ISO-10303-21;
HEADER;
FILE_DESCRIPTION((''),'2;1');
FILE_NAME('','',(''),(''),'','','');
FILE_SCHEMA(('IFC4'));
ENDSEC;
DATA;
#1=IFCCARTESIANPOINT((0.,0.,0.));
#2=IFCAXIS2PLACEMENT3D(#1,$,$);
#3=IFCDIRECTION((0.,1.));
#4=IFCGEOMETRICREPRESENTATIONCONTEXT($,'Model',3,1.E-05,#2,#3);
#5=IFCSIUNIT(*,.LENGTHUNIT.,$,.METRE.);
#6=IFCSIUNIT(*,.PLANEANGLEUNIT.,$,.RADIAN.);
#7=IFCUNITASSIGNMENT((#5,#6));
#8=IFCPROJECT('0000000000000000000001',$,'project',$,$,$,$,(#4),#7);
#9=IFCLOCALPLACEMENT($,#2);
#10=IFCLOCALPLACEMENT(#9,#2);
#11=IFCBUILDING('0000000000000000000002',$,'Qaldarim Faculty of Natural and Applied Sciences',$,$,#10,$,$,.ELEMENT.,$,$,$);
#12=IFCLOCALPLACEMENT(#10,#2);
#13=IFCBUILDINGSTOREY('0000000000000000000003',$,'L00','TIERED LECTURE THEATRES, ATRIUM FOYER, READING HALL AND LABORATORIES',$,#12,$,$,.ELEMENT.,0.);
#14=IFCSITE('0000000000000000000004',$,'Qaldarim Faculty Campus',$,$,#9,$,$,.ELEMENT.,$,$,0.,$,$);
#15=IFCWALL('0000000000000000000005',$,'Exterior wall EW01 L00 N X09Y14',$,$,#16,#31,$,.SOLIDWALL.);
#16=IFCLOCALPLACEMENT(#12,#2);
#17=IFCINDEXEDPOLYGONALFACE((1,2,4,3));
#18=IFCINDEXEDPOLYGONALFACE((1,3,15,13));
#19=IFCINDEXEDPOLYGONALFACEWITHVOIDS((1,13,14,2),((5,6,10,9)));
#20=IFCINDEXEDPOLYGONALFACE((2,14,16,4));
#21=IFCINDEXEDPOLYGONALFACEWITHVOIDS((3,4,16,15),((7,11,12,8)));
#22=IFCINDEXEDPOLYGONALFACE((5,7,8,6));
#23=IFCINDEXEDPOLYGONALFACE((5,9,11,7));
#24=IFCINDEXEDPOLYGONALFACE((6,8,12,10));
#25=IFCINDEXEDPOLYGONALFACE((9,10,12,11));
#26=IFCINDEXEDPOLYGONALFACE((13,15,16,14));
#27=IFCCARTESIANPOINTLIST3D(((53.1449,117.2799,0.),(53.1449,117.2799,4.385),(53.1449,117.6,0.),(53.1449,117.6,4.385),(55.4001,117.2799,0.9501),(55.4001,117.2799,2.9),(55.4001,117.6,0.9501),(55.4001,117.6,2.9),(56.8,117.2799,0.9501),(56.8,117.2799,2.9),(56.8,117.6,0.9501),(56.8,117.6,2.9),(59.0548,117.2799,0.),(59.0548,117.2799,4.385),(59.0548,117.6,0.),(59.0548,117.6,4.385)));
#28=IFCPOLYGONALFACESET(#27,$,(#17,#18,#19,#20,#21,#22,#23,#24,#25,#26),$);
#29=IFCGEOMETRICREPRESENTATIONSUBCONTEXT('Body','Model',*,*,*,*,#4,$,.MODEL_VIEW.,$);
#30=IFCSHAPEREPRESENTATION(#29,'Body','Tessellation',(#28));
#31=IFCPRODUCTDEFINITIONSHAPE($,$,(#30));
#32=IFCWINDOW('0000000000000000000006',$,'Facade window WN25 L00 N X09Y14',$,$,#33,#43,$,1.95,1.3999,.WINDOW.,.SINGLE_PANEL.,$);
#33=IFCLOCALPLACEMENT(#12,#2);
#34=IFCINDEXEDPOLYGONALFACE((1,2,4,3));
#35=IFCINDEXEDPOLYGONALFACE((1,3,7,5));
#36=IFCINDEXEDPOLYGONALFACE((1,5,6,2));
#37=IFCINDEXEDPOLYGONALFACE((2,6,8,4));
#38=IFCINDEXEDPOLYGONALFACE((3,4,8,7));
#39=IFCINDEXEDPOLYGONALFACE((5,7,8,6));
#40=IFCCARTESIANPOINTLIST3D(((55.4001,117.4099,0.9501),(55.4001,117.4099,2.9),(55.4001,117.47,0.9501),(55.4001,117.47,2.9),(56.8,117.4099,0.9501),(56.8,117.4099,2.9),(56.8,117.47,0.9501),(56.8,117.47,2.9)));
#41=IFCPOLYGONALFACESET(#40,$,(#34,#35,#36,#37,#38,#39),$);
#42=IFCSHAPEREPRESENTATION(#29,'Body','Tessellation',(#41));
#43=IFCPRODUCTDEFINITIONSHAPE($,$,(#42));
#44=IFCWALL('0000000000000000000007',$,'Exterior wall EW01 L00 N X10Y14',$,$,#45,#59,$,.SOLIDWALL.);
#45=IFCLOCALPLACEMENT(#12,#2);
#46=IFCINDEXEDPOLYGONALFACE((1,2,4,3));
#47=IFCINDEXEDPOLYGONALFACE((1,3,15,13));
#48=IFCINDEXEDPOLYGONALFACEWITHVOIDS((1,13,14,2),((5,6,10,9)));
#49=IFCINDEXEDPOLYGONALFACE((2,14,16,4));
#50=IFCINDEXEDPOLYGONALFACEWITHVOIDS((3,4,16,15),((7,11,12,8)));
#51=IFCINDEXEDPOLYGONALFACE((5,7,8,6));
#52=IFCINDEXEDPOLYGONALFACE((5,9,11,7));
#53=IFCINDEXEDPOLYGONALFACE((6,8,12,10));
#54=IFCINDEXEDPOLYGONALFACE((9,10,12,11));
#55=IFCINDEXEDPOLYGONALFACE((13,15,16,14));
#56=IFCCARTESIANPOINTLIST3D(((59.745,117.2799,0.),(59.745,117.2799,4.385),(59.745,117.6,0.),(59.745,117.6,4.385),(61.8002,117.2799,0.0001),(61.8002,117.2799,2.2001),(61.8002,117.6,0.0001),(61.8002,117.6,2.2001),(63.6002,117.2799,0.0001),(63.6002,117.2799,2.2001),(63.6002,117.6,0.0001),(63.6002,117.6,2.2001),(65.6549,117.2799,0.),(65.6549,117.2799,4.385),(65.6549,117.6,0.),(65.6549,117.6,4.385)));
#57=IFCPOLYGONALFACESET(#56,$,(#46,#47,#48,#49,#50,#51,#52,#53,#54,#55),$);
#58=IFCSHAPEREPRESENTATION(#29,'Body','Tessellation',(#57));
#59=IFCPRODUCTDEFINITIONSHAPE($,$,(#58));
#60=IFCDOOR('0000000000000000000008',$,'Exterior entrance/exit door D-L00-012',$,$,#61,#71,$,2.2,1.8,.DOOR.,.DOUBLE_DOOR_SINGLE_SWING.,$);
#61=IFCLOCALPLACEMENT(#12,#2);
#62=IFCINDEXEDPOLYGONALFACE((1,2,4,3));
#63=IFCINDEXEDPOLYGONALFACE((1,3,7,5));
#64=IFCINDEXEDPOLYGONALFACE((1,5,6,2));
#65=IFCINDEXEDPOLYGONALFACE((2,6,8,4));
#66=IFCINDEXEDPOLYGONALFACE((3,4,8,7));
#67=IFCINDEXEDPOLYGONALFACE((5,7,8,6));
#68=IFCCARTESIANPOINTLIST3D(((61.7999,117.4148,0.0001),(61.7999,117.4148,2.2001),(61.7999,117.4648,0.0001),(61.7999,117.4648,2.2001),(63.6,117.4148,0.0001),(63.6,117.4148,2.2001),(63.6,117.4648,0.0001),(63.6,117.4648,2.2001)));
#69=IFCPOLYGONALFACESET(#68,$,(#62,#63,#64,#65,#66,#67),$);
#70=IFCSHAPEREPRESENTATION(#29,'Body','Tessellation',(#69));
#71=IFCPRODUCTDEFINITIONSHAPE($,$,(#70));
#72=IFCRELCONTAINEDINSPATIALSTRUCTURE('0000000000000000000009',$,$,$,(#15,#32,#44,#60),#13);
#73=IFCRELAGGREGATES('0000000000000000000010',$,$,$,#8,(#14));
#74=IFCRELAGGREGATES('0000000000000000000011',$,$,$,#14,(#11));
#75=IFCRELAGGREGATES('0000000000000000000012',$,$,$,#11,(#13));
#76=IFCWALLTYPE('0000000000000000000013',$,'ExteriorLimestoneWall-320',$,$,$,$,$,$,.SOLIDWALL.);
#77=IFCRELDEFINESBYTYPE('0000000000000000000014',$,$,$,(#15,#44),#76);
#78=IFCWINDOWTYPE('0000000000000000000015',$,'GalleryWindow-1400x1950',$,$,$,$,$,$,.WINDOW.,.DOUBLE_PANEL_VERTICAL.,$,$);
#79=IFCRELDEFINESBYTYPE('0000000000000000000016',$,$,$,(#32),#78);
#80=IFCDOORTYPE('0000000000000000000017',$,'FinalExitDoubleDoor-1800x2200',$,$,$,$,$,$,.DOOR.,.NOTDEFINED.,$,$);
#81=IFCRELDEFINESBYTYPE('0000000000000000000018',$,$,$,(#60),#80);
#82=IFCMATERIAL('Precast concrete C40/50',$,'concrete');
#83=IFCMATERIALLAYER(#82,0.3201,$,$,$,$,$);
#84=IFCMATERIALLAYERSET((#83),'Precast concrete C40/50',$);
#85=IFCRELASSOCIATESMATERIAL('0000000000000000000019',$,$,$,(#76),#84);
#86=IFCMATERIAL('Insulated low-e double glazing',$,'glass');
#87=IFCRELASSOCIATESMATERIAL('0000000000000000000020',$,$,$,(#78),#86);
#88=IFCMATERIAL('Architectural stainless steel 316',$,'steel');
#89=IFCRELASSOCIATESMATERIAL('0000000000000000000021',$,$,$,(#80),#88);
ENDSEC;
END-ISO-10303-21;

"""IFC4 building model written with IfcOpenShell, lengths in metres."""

from ifc_helpers import new_model, si_unit, direction, frame, frame_2d, origin, place, context, subcontext, project, spatial, rectangle, extrude, material, layer, layer_set, type_object, element, fill, save


model = new_model("IFC4")

# Units and contexts
model_context = context("Model", 3, precision=1e-05, world=origin(), true_north=direction((0.0, 1.0)))
body_context = subcontext(model_context, "Body", "Model", "MODEL_VIEW")
ifc_project = project(units=[si_unit("LENGTHUNIT", "METRE"), si_unit("PLANEANGLEUNIT", "RADIAN")], contexts=[model_context])

# Site, building, storey
site_placement = place(None, origin())
site = spatial("IfcSite", under=ifc_project, at=site_placement, Name="Qaldarim Faculty Campus", CompositionType="ELEMENT", RefElevation=0.0)
building_placement = place(site_placement, origin())
building = spatial("IfcBuilding", under=site, at=building_placement, Name="Qaldarim Faculty of Natural and Applied Sciences", CompositionType="ELEMENT")
storey_placement = place(building_placement, origin())
storey = spatial("IfcBuildingStorey", under=building, at=storey_placement, Name="L00", Description="TIERED LECTURE THEATRES, ATRIUM FOYER, READING HALL AND LABORATORIES", CompositionType="ELEMENT", Elevation=0.0)

# Wall, opening, window
ifc_material_1 = material(Name="Precast concrete C40/50", Category="concrete")
ifc_layer = layer(ifc_material_1, 0.3201)
ifc_layer_set = layer_set([ifc_layer], Name="Precast concrete C40/50")
wall_type = type_object("IfcWallType", Name="ExteriorLimestoneWall-320", PredefinedType="SOLIDWALL", material=ifc_layer_set)
wall_1_placement = place(storey_placement, frame((59.0549, 117.4399, 0.0), z_axis=(0.0, 0.0, 1.0), x_axis=(-1.0, 0.0, 0.0)))
wall_1 = element("IfcWall", 1, at=wall_1_placement, inside=storey, type_object=wall_type, Name="Exterior wall EW01 L00 N X09Y14", PredefinedType="SOLIDWALL", context=body_context, shape_type="SweptSolid", body=[
    extrude(rectangle(XDim=5.9099, YDim=0.3201, at=frame_2d((2.9551, 0.0))), origin(), (0.0, 0.0, 1.0), 4.385),
])
opening_1_placement = place(wall_1_placement, frame((2.2549, 0.0, 0.95)))
opening_1 = element("IfcOpeningElement", 2, at=opening_1_placement, cuts=wall_1, PredefinedType="OPENING", context=body_context, shape_type="SweptSolid", body=[
    extrude(rectangle(XDim=1.3999, YDim=1.95, at=frame_2d((0.7, 0.9751))), frame((0.0, 0.1699, 0.0), z_axis=(0.0, -1.0, 0.0), x_axis=(1.0, 0.0, 0.0)), (0.0, 0.0, 1.0), 0.3401),
])
ifc_material_2 = material(Name="Insulated low-e double glazing", Category="glass")
window_type = type_object("IfcWindowType", Name="GalleryWindow-1400x1950", PartitioningType="DOUBLE_PANEL_VERTICAL", PredefinedType="WINDOW", material=ifc_material_2)
window_placement = place(opening_1_placement, origin())
window = element("IfcWindow", 3, at=window_placement, inside=storey, type_object=window_type, Name="Facade window WN25 L00 N X09Y14", OverallHeight=1.95, OverallWidth=1.3999, PartitioningType="SINGLE_PANEL", PredefinedType="WINDOW", context=body_context, shape_type="SweptSolid", body=[
    extrude(rectangle(XDim=1.3999, YDim=1.95, at=frame_2d((0.7, 0.9751))), frame((0.0, 0.03, 0.0), z_axis=(0.0, -1.0, 0.0), x_axis=(1.0, 0.0, 0.0)), (0.0, 0.0, 1.0), 0.0601),
])
fill(opening_1, window)

# Wall, opening, door
wall_2_placement = place(storey_placement, frame((65.655, 117.4399, 0.0), z_axis=(0.0, 0.0, 1.0), x_axis=(-1.0, 0.0, 0.0)))
wall_2 = element("IfcWall", 4, at=wall_2_placement, inside=storey, type_object=wall_type, Name="Exterior wall EW01 L00 N X10Y14", PredefinedType="SOLIDWALL", context=body_context, shape_type="SweptSolid", body=[
    extrude(rectangle(XDim=5.9099, YDim=0.3201, at=frame_2d((2.9551, 0.0))), origin(), (0.0, 0.0, 1.0), 4.385),
])
opening_2_placement = place(wall_2_placement, frame((2.0549, 0.0, 0.0)))
opening_2 = element("IfcOpeningElement", 5, at=opening_2_placement, cuts=wall_2, PredefinedType="OPENING", context=body_context, shape_type="SweptSolid", body=[
    extrude(rectangle(XDim=1.8, YDim=2.2, at=frame_2d((0.8999, 1.1001))), frame((0.0, 0.1699, 0.0), z_axis=(0.0, -1.0, 0.0), x_axis=(1.0, 0.0, 0.0)), (0.0, 0.0, 1.0), 0.3401),
])
ifc_material_3 = material(Name="Architectural stainless steel 316", Category="steel")
door_type = type_object("IfcDoorType", Name="FinalExitDoubleDoor-1800x2200", OperationType="NOTDEFINED", PredefinedType="DOOR", material=ifc_material_3)
door_placement = place(opening_2_placement, frame((1.8, 0.0, 0.0), z_axis=(0.0, 0.0, 1.0), x_axis=(-1.0, 0.0, 0.0)))
door = element("IfcDoor", 6, at=door_placement, inside=storey, type_object=door_type, Name="Exterior entrance/exit door D-L00-012", OperationType="DOUBLE_DOOR_SINGLE_SWING", OverallHeight=2.2, OverallWidth=1.8, PredefinedType="DOOR", context=body_context, shape_type="SweptSolid", body=[
    extrude(rectangle(XDim=1.8, YDim=2.2, at=frame_2d((0.8999, 1.1001))), frame((0.0, 0.0249, 0.0), z_axis=(0.0, -1.0, 0.0), x_axis=(1.0, 0.0, 0.0)), (0.0, 0.0, 1.0), 0.05),
])
fill(opening_2, door)

save(model, "model.ifc")
